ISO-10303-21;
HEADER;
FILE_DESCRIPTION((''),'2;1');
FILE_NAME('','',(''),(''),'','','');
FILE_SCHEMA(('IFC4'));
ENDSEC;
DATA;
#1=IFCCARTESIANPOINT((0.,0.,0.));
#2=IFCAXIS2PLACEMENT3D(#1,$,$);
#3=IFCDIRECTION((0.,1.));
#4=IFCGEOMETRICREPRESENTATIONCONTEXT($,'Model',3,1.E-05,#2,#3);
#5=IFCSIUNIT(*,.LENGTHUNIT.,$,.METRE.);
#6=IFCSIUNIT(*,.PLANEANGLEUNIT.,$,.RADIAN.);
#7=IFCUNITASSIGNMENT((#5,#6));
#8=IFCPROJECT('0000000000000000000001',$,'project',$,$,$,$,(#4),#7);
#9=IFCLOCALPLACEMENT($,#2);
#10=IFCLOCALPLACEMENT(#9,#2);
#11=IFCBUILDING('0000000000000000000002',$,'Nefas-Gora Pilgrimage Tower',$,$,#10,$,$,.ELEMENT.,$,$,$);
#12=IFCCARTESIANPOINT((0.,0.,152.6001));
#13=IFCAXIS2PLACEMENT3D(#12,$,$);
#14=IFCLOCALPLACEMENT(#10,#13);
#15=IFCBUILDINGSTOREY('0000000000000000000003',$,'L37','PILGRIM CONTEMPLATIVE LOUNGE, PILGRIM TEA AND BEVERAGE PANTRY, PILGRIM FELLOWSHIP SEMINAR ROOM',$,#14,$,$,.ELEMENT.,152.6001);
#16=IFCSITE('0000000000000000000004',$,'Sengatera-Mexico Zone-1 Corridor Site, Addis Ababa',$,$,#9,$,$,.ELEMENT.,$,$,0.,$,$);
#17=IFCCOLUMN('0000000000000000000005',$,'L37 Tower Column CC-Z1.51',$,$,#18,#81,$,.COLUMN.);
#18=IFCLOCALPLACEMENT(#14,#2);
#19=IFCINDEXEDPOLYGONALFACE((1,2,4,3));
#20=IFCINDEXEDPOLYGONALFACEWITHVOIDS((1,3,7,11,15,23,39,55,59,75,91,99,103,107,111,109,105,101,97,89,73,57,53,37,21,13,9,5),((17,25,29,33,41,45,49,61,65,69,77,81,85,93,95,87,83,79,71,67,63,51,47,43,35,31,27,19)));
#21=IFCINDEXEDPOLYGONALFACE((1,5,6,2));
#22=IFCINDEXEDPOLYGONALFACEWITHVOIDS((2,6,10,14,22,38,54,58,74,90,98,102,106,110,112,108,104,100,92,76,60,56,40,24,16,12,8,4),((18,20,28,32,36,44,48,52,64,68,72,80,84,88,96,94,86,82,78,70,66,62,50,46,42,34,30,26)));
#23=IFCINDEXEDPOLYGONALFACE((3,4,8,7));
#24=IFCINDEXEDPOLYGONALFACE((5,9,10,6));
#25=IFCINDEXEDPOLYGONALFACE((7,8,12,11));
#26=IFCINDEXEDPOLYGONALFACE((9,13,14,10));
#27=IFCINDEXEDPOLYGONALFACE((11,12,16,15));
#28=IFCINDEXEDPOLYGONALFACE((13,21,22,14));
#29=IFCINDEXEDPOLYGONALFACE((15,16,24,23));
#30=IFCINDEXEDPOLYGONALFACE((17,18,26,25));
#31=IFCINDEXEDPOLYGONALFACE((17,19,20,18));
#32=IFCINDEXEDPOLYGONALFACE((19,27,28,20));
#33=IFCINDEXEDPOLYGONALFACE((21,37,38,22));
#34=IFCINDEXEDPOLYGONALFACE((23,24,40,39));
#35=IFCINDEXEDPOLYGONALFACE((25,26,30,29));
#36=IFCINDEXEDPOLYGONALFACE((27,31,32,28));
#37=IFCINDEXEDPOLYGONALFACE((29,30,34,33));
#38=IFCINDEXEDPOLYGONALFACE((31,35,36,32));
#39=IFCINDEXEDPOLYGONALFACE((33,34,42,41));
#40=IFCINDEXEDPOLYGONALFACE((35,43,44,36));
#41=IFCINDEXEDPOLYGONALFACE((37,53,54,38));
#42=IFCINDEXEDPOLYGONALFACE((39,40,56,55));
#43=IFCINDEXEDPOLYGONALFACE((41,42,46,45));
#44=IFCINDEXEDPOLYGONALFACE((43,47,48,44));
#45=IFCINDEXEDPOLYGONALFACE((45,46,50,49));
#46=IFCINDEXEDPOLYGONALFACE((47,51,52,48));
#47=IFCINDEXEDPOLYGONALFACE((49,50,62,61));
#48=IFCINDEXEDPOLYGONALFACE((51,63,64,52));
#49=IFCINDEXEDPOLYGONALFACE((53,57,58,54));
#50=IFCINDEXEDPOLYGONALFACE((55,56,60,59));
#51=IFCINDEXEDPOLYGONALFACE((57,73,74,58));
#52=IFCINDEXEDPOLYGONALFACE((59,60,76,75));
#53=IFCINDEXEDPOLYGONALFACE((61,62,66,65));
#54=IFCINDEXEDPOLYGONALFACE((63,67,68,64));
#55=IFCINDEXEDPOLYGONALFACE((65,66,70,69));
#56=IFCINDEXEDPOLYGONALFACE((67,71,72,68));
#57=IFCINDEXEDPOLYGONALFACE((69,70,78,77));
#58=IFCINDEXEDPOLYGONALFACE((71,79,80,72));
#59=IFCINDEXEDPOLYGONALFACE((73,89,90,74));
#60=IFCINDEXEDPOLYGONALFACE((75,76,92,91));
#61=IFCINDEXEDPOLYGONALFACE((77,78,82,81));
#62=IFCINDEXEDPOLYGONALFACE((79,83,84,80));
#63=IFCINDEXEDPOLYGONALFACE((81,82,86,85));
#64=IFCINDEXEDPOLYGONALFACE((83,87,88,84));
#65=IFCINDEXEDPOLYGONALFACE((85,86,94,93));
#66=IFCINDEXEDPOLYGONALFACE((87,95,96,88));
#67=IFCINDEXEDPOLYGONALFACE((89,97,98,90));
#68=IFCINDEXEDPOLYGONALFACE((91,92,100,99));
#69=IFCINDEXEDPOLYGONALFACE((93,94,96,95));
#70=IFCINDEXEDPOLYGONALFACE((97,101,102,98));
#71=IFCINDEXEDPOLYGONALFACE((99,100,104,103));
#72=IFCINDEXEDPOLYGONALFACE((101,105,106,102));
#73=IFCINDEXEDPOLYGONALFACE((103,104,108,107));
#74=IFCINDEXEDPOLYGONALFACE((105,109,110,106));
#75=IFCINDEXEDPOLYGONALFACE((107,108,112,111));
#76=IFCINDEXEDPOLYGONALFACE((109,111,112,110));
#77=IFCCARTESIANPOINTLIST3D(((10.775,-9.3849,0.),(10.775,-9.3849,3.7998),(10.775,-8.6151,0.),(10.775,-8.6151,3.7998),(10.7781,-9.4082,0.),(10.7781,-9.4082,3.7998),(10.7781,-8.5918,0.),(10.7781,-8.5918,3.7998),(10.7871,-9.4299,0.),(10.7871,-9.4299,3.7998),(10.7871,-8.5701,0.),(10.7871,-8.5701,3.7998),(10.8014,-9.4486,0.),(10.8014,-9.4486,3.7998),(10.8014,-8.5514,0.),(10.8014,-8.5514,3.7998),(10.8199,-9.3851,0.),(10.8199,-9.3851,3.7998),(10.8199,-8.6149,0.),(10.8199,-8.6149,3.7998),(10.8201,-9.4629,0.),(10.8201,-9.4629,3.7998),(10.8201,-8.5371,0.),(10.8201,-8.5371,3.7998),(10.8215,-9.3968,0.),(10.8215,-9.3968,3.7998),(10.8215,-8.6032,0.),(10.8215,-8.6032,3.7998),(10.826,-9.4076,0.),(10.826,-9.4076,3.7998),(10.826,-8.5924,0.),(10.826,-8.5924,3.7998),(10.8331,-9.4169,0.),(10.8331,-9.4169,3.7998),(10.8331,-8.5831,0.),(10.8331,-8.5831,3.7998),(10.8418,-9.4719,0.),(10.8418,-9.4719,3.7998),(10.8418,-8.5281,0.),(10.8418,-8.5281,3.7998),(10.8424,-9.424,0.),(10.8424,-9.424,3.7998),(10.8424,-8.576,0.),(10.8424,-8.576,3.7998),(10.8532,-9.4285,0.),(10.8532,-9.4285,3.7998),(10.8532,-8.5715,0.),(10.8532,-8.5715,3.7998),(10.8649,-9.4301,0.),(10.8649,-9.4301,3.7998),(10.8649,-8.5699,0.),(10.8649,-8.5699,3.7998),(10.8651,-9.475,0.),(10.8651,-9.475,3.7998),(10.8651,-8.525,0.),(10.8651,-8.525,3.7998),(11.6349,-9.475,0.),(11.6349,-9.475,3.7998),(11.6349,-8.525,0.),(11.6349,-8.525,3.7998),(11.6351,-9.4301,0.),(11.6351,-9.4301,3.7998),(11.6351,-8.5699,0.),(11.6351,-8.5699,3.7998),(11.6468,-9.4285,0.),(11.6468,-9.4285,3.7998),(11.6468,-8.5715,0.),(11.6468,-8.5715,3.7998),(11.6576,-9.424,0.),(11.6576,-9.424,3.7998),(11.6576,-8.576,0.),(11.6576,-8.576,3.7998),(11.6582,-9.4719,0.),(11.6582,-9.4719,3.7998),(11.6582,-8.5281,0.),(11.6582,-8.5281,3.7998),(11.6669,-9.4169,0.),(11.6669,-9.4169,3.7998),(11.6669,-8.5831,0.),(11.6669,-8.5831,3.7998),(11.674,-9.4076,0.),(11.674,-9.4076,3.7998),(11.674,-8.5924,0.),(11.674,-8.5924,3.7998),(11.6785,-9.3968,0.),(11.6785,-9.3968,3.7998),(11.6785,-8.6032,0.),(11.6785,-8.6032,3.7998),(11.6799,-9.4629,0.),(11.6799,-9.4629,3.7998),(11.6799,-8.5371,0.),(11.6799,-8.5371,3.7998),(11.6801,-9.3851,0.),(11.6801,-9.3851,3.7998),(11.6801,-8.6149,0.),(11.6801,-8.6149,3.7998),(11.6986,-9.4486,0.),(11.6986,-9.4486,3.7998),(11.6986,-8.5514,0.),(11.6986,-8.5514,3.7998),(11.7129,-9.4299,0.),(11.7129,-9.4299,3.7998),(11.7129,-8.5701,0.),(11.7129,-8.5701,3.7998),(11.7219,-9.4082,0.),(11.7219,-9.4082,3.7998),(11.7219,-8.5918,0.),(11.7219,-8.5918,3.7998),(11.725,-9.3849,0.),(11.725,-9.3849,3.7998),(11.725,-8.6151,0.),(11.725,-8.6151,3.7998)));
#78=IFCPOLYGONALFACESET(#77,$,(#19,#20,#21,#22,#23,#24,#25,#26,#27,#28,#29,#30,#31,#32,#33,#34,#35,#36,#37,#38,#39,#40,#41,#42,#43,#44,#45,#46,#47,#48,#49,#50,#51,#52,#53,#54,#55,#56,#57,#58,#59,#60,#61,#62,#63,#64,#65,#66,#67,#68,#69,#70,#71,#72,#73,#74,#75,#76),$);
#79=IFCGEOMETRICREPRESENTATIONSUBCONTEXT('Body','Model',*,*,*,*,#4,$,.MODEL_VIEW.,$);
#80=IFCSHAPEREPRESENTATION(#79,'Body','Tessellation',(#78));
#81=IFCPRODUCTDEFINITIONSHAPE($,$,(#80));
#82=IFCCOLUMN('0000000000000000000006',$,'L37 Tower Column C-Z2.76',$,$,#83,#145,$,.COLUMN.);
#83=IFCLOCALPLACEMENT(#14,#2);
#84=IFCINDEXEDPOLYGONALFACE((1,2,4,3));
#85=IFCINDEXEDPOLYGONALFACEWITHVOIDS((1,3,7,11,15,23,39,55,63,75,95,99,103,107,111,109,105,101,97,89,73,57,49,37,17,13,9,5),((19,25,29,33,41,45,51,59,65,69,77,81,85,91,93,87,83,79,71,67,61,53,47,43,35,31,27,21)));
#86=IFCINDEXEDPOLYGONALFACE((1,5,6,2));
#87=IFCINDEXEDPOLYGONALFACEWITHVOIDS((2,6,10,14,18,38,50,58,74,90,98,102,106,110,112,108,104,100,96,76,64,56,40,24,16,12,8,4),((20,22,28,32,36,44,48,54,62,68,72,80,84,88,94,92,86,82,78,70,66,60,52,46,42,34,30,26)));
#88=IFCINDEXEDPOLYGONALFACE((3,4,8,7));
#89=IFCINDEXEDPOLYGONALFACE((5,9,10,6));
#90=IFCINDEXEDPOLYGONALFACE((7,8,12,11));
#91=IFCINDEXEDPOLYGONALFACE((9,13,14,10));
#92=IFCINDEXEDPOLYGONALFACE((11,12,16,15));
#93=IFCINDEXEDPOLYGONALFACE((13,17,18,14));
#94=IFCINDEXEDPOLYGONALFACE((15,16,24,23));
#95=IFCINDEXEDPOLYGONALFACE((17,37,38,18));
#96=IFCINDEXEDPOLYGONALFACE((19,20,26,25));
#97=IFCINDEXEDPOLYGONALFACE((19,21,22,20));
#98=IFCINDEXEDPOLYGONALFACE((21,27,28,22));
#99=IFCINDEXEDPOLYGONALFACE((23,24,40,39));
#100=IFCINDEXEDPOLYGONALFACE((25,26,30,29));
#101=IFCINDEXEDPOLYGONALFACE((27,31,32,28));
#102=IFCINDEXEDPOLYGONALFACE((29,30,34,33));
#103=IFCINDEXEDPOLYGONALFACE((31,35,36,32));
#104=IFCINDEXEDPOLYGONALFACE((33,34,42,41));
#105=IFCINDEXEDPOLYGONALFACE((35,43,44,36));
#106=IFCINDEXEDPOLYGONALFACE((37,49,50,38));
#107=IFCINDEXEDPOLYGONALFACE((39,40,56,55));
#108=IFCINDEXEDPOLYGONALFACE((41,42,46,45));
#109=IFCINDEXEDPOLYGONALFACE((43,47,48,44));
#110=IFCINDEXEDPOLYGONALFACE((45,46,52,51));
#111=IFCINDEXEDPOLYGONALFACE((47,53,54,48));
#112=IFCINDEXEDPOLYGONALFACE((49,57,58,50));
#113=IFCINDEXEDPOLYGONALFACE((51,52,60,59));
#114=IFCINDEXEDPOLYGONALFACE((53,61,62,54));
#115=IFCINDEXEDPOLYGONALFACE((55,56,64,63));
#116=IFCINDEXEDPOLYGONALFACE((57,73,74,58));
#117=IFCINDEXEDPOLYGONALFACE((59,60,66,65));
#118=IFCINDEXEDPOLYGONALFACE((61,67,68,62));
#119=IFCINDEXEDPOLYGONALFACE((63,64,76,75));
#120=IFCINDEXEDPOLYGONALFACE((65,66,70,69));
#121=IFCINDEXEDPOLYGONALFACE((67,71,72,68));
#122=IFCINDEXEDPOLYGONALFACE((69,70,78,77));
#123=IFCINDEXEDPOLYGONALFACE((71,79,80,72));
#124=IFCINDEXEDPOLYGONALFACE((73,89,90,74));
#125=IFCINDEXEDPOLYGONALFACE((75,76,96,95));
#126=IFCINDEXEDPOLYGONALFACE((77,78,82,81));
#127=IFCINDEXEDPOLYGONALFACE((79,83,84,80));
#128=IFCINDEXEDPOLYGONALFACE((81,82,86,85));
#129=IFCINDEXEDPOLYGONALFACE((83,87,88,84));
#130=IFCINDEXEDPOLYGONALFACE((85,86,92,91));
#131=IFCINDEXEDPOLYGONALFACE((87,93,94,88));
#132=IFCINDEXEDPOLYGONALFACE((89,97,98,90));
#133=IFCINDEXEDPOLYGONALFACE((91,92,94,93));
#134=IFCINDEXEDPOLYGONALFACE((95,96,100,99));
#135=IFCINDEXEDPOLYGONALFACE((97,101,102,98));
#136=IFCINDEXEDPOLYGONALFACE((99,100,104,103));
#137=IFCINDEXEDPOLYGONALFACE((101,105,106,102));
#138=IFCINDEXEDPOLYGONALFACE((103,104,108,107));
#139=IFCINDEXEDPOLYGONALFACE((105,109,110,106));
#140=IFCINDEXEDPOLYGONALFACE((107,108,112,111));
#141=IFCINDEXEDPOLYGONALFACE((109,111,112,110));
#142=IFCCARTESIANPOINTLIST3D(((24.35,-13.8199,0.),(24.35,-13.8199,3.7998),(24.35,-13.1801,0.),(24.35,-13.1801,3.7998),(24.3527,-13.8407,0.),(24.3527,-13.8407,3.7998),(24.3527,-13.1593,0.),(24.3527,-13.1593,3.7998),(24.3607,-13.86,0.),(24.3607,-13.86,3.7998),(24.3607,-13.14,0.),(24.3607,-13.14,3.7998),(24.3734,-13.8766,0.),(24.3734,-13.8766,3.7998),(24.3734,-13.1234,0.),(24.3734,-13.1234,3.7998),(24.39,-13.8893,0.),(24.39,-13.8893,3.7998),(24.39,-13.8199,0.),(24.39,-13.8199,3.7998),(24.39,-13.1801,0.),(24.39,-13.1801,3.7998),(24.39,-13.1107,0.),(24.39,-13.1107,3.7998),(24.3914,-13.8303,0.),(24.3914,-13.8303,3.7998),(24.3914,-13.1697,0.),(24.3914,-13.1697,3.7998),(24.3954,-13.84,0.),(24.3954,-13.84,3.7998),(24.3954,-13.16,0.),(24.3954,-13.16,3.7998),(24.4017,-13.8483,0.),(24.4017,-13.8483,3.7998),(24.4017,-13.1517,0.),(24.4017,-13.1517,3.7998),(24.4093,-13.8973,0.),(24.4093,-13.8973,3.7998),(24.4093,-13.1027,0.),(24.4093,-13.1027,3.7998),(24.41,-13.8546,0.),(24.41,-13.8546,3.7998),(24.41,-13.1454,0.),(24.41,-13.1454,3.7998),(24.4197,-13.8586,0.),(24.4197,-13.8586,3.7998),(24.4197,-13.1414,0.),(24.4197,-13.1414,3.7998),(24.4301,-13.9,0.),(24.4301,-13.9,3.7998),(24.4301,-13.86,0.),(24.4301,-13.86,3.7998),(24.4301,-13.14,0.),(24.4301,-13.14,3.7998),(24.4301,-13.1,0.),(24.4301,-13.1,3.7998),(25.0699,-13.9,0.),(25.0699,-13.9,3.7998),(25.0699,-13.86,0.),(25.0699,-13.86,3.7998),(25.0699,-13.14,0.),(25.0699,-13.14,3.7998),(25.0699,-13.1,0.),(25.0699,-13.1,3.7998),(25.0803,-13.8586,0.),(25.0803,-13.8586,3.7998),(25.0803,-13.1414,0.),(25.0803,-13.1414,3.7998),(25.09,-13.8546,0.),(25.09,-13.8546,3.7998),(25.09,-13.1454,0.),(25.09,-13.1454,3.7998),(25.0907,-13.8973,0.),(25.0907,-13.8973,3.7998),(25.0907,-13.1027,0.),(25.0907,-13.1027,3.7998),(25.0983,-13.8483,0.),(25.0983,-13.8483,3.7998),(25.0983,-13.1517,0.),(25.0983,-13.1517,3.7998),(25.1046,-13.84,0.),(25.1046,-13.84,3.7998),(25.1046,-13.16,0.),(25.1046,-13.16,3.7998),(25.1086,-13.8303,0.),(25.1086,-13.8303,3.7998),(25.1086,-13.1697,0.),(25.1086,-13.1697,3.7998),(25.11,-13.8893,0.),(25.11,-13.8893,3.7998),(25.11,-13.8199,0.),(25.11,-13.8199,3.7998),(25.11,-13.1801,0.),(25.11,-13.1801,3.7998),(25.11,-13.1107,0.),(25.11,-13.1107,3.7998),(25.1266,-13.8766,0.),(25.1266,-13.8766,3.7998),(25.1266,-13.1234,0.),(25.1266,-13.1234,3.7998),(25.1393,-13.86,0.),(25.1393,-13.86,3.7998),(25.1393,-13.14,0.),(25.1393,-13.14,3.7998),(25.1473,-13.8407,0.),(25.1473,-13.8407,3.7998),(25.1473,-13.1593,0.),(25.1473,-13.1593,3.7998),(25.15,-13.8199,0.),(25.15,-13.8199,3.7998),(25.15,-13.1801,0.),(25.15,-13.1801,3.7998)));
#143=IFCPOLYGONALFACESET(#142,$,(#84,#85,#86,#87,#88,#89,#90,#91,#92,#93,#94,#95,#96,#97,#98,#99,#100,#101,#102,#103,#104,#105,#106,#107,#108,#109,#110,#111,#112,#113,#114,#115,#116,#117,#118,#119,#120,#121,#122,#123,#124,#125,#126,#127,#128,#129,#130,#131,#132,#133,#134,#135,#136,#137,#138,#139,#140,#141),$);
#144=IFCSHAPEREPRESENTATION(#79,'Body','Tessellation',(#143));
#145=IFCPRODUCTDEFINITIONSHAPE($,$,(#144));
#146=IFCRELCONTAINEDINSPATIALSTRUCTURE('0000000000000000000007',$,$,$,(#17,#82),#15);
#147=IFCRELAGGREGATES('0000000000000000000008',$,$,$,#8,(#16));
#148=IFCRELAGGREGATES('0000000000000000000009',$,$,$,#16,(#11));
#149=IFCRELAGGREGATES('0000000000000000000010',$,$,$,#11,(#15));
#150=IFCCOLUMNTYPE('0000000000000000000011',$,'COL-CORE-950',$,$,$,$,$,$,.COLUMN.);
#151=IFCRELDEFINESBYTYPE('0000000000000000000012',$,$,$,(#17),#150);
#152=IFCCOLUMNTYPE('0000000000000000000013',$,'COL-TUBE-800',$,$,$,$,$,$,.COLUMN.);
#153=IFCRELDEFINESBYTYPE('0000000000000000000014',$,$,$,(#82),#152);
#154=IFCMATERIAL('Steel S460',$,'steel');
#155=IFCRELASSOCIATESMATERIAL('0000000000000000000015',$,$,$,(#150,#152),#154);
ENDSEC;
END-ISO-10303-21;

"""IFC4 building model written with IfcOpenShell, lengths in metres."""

from ifc_helpers import new_model, si_unit, direction, frame, origin, origin_2d, place, context, subcontext, project, spatial, hollow_rectangle, extrude, source, transform, mapped, material, material_profile, profile_set, type_object, element, save


model = new_model("IFC4")

# Units and contexts
model_context = context("Model", 3, precision=1e-05, world=origin(), true_north=direction((0.0, 1.0)))
body_context = subcontext(model_context, "Body", "Model", "MODEL_VIEW")
ifc_project = project(units=[si_unit("LENGTHUNIT", "METRE"), si_unit("PLANEANGLEUNIT", "RADIAN")], contexts=[model_context])

# Site, building, storey
site_placement = place(None, origin())
site = spatial("IfcSite", under=ifc_project, at=site_placement, Name="Sengatera-Mexico Zone-1 Corridor Site, Addis Ababa", CompositionType="ELEMENT", RefElevation=0.0)
building_placement = place(site_placement, origin())
building = spatial("IfcBuilding", under=site, at=building_placement, Name="Nefas-Gora Pilgrimage Tower", CompositionType="ELEMENT")
storey_placement = place(building_placement, frame((0.0, 0.0, 152.6001)))
storey = spatial("IfcBuildingStorey", under=building, at=storey_placement, Name="L37", Description="PILGRIM CONTEMPLATIVE LOUNGE, PILGRIM TEA AND BEVERAGE PANTRY, PILGRIM FELLOWSHIP SEMINAR ROOM", CompositionType="ELEMENT", Elevation=152.6001)

# Columns
ifc_material_1 = material(Name="Steel S460", Category="steel")
ifc_material_profile_1 = material_profile(ifc_material_1, hollow_rectangle(XDim=0.95, YDim=0.95, WallThickness=0.0449, InnerFilletRadius=0.0449, OuterFilletRadius=0.0901, at=origin_2d()), Name="BOX 950x950x45")
ifc_profile_set_1 = profile_set([ifc_material_profile_1], Name="Steel S460")
column_type_1 = type_object("IfcColumnType", Name="COL-CORE-950", PredefinedType="COLUMN", material=ifc_profile_set_1)
shared_shape_1 = source(origin(), body_context, "Body", "SweptSolid", [
    extrude(hollow_rectangle(XDim=0.95, YDim=0.95, WallThickness=0.0449, InnerFilletRadius=0.0449, OuterFilletRadius=0.0901, at=origin_2d()), origin(), (0.0, 0.0, 1.0), 3.7998),
])
column_placement = place(storey_placement, frame((11.25, -9.0, 0.0), z_axis=(0.0, 0.0, 1.0), x_axis=(1.0, 0.0, 0.0)))
element("IfcColumn", 1, at=column_placement, inside=storey, type_object=column_type_1, Name="L37 Tower Column CC-Z1.51", PredefinedType="COLUMN", context=body_context, shape_type="MappedRepresentation", body=[
    mapped(shared_shape_1, transform((0.0, 0.0, 0.0), x_axis=(1.0, 0.0, 0.0), y_axis=(0.0, 1.0, 0.0), z_axis=(0.0, 0.0, 1.0), scale=1.0)),
])
ifc_material_profile_2 = material_profile(ifc_material_1, hollow_rectangle(XDim=0.8, YDim=0.8, WallThickness=0.04, InnerFilletRadius=0.04, OuterFilletRadius=0.0801, at=origin_2d()), Name="BOX 800x800x40")
ifc_profile_set_2 = profile_set([ifc_material_profile_2], Name="Steel S460")
column_type_2 = type_object("IfcColumnType", Name="COL-TUBE-800", PredefinedType="COLUMN", material=ifc_profile_set_2)
shared_shape_2 = source(origin(), body_context, "Body", "SweptSolid", [
    extrude(hollow_rectangle(XDim=0.8, YDim=0.8, WallThickness=0.04, InnerFilletRadius=0.04, OuterFilletRadius=0.0801, at=origin_2d()), origin(), (0.0, 0.0, 1.0), 3.7998),
])
for number, where, z_axis, x_axis, name in (
    (2, (24.75, -13.5, 0.0), (0.0, 0.0, 1.0), (1.0, 0.0, 0.0), "L37 Tower Column C-Z2.76"),
):
    element("IfcColumn", number, at=place(storey_placement, frame(where, z_axis=z_axis, x_axis=x_axis)), inside=storey, type_object=column_type_2, Name=name, PredefinedType="COLUMN", context=body_context, shape_type="MappedRepresentation", body=[
        mapped(shared_shape_2, transform((0.0, 0.0, 0.0), x_axis=(1.0, 0.0, 0.0), y_axis=(0.0, 1.0, 0.0), z_axis=(0.0, 0.0, 1.0), scale=1.0)),
    ])

save(model, "model.ifc")
